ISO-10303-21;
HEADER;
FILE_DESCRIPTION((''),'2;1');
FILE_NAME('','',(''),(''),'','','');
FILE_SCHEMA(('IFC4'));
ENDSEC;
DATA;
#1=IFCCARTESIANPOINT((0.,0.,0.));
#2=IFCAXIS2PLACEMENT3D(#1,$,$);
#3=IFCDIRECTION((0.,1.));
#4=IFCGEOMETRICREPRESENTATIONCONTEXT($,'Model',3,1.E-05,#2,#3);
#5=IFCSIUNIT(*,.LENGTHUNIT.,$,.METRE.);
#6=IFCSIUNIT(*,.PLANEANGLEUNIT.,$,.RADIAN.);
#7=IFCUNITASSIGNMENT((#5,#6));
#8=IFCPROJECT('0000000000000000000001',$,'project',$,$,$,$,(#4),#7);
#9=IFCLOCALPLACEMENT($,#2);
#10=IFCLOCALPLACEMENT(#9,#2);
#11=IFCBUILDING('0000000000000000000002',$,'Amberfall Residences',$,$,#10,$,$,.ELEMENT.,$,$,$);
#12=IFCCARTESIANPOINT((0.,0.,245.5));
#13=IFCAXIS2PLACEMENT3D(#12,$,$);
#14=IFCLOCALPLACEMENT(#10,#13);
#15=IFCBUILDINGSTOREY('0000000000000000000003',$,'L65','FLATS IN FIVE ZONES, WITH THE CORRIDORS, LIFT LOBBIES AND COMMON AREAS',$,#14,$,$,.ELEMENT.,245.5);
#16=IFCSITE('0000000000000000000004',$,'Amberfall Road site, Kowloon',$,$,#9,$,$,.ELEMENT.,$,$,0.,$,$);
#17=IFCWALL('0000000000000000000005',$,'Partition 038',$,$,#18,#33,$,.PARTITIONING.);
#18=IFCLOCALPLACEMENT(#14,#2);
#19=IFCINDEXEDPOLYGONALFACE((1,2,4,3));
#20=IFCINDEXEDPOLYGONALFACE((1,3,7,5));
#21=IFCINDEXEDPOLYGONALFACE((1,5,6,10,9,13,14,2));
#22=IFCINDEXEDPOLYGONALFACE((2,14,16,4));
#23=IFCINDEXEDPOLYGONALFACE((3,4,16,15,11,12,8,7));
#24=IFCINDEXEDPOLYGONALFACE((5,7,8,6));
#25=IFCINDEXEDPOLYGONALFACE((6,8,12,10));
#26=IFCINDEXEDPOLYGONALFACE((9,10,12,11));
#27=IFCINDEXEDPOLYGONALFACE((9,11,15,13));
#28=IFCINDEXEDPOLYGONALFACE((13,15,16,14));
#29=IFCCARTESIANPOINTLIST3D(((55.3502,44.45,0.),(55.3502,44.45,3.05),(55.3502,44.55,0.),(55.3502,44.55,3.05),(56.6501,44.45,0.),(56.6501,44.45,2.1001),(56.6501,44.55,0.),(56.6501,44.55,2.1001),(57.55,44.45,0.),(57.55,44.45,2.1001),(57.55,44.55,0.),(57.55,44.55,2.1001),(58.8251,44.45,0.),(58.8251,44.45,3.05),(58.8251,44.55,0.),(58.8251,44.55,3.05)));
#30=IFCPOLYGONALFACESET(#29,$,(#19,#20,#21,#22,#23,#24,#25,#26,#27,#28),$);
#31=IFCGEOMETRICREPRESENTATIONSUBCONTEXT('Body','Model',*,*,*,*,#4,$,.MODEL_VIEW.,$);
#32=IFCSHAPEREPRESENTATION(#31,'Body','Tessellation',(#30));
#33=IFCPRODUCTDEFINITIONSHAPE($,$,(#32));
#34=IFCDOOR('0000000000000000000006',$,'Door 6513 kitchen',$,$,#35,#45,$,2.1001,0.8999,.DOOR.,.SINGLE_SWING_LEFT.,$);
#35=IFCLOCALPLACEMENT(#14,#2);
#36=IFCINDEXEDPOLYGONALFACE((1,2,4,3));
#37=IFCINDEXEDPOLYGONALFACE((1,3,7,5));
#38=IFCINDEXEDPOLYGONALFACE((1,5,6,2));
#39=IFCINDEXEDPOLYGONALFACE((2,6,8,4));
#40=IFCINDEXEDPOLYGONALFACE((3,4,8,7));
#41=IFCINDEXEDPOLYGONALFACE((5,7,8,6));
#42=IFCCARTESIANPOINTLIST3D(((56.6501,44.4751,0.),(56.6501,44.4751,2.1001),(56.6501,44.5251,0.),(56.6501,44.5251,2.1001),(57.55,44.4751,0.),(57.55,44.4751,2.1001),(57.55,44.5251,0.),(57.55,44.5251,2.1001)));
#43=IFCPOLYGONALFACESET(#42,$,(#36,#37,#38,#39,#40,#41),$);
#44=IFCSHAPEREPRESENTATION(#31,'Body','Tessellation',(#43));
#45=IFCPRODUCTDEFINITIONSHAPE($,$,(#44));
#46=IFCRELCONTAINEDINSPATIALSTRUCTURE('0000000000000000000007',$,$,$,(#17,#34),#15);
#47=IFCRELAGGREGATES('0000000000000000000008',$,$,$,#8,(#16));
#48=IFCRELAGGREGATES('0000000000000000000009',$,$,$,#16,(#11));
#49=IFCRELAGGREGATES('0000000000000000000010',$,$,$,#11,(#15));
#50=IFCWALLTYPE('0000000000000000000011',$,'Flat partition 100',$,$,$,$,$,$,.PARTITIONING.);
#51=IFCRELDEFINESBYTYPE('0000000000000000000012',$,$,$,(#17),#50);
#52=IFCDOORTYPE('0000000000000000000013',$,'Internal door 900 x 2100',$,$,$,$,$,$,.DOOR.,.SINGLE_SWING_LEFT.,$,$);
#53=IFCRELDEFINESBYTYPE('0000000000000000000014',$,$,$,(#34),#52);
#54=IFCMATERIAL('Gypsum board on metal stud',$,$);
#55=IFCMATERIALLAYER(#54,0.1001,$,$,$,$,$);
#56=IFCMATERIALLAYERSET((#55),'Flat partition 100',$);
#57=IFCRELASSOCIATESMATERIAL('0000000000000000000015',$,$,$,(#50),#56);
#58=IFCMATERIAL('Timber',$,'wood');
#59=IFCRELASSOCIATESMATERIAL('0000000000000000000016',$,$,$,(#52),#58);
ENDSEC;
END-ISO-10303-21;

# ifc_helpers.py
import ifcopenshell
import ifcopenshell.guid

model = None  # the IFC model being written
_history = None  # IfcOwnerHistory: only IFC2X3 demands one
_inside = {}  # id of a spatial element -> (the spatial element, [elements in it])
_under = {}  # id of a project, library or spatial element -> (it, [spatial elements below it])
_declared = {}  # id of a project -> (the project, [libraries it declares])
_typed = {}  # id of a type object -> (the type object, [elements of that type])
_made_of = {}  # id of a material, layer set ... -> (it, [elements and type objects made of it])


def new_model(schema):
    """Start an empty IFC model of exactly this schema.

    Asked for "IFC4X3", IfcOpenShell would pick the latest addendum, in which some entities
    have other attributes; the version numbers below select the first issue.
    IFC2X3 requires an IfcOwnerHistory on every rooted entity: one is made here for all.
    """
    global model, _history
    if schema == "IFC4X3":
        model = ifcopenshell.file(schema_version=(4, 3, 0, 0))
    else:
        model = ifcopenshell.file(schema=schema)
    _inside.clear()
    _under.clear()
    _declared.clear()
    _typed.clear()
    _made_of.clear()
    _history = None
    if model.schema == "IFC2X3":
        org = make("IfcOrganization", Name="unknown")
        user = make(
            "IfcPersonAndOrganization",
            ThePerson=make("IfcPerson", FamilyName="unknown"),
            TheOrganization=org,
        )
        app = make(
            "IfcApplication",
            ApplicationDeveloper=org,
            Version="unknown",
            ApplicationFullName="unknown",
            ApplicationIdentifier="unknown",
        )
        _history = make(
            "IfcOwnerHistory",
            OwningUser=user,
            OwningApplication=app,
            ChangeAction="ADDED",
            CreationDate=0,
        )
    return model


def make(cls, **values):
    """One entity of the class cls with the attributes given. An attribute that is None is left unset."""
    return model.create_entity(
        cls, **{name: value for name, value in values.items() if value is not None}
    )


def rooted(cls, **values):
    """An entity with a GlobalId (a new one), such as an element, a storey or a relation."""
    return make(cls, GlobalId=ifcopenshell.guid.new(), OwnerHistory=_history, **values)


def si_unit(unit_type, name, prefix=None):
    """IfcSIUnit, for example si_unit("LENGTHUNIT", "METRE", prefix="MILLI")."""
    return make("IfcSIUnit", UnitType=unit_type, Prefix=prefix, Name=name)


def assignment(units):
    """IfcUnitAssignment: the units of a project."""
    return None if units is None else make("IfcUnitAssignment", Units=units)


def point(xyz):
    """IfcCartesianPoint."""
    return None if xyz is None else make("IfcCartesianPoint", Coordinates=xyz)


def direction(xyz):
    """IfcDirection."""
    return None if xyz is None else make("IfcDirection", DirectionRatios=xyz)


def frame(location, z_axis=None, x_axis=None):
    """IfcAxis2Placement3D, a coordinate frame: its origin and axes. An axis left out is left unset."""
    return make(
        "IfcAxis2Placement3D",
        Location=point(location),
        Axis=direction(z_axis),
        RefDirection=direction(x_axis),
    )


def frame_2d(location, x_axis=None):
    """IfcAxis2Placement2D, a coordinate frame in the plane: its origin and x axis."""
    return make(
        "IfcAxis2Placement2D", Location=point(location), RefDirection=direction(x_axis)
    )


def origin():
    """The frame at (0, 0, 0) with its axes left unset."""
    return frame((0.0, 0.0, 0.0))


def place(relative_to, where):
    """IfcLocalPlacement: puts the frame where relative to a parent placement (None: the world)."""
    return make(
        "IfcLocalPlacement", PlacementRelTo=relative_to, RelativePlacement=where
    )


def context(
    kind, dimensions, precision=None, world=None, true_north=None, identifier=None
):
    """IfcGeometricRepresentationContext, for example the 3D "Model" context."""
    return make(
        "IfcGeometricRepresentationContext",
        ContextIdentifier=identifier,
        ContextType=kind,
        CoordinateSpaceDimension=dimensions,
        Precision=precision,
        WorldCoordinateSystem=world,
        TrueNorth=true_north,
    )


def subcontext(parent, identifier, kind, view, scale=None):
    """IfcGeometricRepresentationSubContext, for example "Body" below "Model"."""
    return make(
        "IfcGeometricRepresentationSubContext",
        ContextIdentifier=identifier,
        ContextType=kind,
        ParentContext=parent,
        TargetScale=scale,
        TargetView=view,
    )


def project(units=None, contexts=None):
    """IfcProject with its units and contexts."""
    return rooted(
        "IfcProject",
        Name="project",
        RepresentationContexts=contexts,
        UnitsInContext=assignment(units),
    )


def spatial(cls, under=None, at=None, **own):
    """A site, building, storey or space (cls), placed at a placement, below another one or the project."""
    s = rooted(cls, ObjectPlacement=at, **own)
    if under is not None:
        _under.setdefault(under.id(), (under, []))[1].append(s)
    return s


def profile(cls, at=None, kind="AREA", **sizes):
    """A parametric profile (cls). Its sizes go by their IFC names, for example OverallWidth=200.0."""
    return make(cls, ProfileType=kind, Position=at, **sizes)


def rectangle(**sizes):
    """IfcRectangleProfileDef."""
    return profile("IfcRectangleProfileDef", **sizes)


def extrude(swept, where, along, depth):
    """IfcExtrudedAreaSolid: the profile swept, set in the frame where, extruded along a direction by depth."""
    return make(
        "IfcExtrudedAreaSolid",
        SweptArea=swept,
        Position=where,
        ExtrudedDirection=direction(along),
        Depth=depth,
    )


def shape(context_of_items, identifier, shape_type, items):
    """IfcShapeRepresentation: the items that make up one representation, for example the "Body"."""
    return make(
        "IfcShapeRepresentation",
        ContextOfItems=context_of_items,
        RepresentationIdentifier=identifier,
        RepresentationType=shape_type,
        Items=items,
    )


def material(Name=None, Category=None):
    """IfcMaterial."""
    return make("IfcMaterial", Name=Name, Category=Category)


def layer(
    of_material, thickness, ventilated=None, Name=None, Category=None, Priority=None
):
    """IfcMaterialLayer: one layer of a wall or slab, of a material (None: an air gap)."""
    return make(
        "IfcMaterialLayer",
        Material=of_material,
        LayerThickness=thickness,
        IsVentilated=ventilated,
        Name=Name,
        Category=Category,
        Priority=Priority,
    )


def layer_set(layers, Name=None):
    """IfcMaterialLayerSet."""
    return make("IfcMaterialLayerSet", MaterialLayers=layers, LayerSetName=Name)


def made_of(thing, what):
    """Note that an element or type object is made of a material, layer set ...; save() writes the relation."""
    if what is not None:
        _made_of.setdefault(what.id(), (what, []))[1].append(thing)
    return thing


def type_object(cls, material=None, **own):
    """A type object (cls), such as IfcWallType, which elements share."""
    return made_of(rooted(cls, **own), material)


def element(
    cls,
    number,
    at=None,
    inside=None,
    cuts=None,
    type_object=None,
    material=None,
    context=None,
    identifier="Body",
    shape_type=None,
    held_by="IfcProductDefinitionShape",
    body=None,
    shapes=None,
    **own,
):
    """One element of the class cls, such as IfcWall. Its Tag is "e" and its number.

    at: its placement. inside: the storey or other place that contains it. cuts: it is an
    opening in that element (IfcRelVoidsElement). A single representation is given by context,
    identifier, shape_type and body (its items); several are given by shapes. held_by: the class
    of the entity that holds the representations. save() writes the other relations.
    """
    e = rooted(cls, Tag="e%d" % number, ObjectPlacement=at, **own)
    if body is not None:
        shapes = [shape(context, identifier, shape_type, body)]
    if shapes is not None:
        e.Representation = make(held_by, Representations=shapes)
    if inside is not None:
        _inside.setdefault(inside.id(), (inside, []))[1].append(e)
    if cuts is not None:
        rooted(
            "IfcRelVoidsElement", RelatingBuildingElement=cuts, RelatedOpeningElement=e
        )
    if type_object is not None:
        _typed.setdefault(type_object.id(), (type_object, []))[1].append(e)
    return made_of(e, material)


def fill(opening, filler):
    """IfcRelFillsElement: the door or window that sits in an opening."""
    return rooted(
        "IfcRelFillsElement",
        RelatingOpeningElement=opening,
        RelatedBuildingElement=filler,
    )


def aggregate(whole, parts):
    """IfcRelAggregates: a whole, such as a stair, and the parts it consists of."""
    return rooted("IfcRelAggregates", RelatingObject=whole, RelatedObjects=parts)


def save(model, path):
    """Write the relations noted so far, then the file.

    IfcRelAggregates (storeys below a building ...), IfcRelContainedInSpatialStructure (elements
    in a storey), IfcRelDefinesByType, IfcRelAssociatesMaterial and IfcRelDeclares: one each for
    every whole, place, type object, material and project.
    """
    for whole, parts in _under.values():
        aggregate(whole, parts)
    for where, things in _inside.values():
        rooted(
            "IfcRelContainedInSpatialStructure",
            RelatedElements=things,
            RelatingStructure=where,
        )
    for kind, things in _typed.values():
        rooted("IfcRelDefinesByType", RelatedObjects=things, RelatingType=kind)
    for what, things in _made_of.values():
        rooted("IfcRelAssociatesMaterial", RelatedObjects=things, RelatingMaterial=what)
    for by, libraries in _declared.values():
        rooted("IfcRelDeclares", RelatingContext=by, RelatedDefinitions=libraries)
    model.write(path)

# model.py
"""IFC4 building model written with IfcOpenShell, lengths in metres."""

from ifc_helpers import new_model, si_unit, direction, frame, frame_2d, origin, place, context, subcontext, project, spatial, rectangle, extrude, material, layer, layer_set, type_object, element, fill, save


model = new_model("IFC4")

# Units and contexts
model_context = context("Model", 3, precision=1e-05, world=origin(), true_north=direction((0.0, 1.0)))
body_context = subcontext(model_context, "Body", "Model", "MODEL_VIEW")
ifc_project = project(units=[si_unit("LENGTHUNIT", "METRE"), si_unit("PLANEANGLEUNIT", "RADIAN")], contexts=[model_context])

# Site, building, storey
site_placement = place(None, origin())
site = spatial("IfcSite", under=ifc_project, at=site_placement, Name="Amberfall Road site, Kowloon", CompositionType="ELEMENT", RefElevation=0.0)
building_placement = place(site_placement, origin())
building = spatial("IfcBuilding", under=site, at=building_placement, Name="Amberfall Residences", CompositionType="ELEMENT")
storey_placement = place(building_placement, frame((0.0, 0.0, 245.5)))
storey = spatial("IfcBuildingStorey", under=building, at=storey_placement, Name="L65", Description="FLATS IN FIVE ZONES, WITH THE CORRIDORS, LIFT LOBBIES AND COMMON AREAS", CompositionType="ELEMENT", Elevation=245.5)

# Wall, opening, door
ifc_material_1 = material(Name="Gypsum board on metal stud")
ifc_layer_1 = layer(ifc_material_1, 0.1001)
ifc_layer_set_1 = layer_set([ifc_layer_1], Name="Flat partition 100")
wall_type_1 = type_object("IfcWallType", Name="Flat partition 100", PredefinedType="PARTITIONING", material=ifc_layer_set_1)
wall_1_placement = place(storey_placement, frame((58.825, 44.5, 0.0), z_axis=(0.0, 0.0, 1.0), x_axis=(-1.0, 0.0, 0.0)))
wall_1 = element("IfcWall", 1, at=wall_1_placement, inside=storey, type_object=wall_type_1, Name="Partition 038", PredefinedType="PARTITIONING", context=body_context, shape_type="SweptSolid", body=[
    extrude(rectangle(XDim=3.4749, YDim=0.1001, at=frame_2d((1.7373, 0.0))), origin(), (0.0, 0.0, 1.0), 3.05),
])
opening_1_placement = place(wall_1_placement, frame((1.2749, 0.0, 0.0)))
opening_1 = element("IfcOpeningElement", 2, at=opening_1_placement, cuts=wall_1, PredefinedType="OPENING", context=body_context, shape_type="SweptSolid", body=[
    extrude(rectangle(XDim=0.8999, YDim=2.1001, at=frame_2d((0.45, 1.05))), frame((0.0, 0.0601, 0.0), z_axis=(0.0, -1.0, 0.0), x_axis=(1.0, 0.0, 0.0)), (0.0, 0.0, 1.0), 0.1201),
])
ifc_material_2 = material(Name="Timber", Category="wood")
door_type_1 = type_object("IfcDoorType", Name="Internal door 900 x 2100", OperationType="SINGLE_SWING_LEFT", PredefinedType="DOOR", material=ifc_material_2)
door_1_placement = place(opening_1_placement, origin())
door_1 = element("IfcDoor", 3, at=door_1_placement, inside=storey, type_object=door_type_1, Name="Door 6513 kitchen", OperationType="SINGLE_SWING_LEFT", OverallHeight=2.1001, OverallWidth=0.8999, PredefinedType="DOOR", context=body_context, shape_type="SweptSolid", body=[
    extrude(rectangle(XDim=0.8999, YDim=2.1001, at=frame_2d((0.45, 1.05))), frame((0.0, 0.0249, 0.0), z_axis=(0.0, -1.0, 0.0), x_axis=(1.0, 0.0, 0.0)), (0.0, 0.0, 1.0), 0.05),
])
fill(opening_1, door_1)

save(model, "model.ifc")
